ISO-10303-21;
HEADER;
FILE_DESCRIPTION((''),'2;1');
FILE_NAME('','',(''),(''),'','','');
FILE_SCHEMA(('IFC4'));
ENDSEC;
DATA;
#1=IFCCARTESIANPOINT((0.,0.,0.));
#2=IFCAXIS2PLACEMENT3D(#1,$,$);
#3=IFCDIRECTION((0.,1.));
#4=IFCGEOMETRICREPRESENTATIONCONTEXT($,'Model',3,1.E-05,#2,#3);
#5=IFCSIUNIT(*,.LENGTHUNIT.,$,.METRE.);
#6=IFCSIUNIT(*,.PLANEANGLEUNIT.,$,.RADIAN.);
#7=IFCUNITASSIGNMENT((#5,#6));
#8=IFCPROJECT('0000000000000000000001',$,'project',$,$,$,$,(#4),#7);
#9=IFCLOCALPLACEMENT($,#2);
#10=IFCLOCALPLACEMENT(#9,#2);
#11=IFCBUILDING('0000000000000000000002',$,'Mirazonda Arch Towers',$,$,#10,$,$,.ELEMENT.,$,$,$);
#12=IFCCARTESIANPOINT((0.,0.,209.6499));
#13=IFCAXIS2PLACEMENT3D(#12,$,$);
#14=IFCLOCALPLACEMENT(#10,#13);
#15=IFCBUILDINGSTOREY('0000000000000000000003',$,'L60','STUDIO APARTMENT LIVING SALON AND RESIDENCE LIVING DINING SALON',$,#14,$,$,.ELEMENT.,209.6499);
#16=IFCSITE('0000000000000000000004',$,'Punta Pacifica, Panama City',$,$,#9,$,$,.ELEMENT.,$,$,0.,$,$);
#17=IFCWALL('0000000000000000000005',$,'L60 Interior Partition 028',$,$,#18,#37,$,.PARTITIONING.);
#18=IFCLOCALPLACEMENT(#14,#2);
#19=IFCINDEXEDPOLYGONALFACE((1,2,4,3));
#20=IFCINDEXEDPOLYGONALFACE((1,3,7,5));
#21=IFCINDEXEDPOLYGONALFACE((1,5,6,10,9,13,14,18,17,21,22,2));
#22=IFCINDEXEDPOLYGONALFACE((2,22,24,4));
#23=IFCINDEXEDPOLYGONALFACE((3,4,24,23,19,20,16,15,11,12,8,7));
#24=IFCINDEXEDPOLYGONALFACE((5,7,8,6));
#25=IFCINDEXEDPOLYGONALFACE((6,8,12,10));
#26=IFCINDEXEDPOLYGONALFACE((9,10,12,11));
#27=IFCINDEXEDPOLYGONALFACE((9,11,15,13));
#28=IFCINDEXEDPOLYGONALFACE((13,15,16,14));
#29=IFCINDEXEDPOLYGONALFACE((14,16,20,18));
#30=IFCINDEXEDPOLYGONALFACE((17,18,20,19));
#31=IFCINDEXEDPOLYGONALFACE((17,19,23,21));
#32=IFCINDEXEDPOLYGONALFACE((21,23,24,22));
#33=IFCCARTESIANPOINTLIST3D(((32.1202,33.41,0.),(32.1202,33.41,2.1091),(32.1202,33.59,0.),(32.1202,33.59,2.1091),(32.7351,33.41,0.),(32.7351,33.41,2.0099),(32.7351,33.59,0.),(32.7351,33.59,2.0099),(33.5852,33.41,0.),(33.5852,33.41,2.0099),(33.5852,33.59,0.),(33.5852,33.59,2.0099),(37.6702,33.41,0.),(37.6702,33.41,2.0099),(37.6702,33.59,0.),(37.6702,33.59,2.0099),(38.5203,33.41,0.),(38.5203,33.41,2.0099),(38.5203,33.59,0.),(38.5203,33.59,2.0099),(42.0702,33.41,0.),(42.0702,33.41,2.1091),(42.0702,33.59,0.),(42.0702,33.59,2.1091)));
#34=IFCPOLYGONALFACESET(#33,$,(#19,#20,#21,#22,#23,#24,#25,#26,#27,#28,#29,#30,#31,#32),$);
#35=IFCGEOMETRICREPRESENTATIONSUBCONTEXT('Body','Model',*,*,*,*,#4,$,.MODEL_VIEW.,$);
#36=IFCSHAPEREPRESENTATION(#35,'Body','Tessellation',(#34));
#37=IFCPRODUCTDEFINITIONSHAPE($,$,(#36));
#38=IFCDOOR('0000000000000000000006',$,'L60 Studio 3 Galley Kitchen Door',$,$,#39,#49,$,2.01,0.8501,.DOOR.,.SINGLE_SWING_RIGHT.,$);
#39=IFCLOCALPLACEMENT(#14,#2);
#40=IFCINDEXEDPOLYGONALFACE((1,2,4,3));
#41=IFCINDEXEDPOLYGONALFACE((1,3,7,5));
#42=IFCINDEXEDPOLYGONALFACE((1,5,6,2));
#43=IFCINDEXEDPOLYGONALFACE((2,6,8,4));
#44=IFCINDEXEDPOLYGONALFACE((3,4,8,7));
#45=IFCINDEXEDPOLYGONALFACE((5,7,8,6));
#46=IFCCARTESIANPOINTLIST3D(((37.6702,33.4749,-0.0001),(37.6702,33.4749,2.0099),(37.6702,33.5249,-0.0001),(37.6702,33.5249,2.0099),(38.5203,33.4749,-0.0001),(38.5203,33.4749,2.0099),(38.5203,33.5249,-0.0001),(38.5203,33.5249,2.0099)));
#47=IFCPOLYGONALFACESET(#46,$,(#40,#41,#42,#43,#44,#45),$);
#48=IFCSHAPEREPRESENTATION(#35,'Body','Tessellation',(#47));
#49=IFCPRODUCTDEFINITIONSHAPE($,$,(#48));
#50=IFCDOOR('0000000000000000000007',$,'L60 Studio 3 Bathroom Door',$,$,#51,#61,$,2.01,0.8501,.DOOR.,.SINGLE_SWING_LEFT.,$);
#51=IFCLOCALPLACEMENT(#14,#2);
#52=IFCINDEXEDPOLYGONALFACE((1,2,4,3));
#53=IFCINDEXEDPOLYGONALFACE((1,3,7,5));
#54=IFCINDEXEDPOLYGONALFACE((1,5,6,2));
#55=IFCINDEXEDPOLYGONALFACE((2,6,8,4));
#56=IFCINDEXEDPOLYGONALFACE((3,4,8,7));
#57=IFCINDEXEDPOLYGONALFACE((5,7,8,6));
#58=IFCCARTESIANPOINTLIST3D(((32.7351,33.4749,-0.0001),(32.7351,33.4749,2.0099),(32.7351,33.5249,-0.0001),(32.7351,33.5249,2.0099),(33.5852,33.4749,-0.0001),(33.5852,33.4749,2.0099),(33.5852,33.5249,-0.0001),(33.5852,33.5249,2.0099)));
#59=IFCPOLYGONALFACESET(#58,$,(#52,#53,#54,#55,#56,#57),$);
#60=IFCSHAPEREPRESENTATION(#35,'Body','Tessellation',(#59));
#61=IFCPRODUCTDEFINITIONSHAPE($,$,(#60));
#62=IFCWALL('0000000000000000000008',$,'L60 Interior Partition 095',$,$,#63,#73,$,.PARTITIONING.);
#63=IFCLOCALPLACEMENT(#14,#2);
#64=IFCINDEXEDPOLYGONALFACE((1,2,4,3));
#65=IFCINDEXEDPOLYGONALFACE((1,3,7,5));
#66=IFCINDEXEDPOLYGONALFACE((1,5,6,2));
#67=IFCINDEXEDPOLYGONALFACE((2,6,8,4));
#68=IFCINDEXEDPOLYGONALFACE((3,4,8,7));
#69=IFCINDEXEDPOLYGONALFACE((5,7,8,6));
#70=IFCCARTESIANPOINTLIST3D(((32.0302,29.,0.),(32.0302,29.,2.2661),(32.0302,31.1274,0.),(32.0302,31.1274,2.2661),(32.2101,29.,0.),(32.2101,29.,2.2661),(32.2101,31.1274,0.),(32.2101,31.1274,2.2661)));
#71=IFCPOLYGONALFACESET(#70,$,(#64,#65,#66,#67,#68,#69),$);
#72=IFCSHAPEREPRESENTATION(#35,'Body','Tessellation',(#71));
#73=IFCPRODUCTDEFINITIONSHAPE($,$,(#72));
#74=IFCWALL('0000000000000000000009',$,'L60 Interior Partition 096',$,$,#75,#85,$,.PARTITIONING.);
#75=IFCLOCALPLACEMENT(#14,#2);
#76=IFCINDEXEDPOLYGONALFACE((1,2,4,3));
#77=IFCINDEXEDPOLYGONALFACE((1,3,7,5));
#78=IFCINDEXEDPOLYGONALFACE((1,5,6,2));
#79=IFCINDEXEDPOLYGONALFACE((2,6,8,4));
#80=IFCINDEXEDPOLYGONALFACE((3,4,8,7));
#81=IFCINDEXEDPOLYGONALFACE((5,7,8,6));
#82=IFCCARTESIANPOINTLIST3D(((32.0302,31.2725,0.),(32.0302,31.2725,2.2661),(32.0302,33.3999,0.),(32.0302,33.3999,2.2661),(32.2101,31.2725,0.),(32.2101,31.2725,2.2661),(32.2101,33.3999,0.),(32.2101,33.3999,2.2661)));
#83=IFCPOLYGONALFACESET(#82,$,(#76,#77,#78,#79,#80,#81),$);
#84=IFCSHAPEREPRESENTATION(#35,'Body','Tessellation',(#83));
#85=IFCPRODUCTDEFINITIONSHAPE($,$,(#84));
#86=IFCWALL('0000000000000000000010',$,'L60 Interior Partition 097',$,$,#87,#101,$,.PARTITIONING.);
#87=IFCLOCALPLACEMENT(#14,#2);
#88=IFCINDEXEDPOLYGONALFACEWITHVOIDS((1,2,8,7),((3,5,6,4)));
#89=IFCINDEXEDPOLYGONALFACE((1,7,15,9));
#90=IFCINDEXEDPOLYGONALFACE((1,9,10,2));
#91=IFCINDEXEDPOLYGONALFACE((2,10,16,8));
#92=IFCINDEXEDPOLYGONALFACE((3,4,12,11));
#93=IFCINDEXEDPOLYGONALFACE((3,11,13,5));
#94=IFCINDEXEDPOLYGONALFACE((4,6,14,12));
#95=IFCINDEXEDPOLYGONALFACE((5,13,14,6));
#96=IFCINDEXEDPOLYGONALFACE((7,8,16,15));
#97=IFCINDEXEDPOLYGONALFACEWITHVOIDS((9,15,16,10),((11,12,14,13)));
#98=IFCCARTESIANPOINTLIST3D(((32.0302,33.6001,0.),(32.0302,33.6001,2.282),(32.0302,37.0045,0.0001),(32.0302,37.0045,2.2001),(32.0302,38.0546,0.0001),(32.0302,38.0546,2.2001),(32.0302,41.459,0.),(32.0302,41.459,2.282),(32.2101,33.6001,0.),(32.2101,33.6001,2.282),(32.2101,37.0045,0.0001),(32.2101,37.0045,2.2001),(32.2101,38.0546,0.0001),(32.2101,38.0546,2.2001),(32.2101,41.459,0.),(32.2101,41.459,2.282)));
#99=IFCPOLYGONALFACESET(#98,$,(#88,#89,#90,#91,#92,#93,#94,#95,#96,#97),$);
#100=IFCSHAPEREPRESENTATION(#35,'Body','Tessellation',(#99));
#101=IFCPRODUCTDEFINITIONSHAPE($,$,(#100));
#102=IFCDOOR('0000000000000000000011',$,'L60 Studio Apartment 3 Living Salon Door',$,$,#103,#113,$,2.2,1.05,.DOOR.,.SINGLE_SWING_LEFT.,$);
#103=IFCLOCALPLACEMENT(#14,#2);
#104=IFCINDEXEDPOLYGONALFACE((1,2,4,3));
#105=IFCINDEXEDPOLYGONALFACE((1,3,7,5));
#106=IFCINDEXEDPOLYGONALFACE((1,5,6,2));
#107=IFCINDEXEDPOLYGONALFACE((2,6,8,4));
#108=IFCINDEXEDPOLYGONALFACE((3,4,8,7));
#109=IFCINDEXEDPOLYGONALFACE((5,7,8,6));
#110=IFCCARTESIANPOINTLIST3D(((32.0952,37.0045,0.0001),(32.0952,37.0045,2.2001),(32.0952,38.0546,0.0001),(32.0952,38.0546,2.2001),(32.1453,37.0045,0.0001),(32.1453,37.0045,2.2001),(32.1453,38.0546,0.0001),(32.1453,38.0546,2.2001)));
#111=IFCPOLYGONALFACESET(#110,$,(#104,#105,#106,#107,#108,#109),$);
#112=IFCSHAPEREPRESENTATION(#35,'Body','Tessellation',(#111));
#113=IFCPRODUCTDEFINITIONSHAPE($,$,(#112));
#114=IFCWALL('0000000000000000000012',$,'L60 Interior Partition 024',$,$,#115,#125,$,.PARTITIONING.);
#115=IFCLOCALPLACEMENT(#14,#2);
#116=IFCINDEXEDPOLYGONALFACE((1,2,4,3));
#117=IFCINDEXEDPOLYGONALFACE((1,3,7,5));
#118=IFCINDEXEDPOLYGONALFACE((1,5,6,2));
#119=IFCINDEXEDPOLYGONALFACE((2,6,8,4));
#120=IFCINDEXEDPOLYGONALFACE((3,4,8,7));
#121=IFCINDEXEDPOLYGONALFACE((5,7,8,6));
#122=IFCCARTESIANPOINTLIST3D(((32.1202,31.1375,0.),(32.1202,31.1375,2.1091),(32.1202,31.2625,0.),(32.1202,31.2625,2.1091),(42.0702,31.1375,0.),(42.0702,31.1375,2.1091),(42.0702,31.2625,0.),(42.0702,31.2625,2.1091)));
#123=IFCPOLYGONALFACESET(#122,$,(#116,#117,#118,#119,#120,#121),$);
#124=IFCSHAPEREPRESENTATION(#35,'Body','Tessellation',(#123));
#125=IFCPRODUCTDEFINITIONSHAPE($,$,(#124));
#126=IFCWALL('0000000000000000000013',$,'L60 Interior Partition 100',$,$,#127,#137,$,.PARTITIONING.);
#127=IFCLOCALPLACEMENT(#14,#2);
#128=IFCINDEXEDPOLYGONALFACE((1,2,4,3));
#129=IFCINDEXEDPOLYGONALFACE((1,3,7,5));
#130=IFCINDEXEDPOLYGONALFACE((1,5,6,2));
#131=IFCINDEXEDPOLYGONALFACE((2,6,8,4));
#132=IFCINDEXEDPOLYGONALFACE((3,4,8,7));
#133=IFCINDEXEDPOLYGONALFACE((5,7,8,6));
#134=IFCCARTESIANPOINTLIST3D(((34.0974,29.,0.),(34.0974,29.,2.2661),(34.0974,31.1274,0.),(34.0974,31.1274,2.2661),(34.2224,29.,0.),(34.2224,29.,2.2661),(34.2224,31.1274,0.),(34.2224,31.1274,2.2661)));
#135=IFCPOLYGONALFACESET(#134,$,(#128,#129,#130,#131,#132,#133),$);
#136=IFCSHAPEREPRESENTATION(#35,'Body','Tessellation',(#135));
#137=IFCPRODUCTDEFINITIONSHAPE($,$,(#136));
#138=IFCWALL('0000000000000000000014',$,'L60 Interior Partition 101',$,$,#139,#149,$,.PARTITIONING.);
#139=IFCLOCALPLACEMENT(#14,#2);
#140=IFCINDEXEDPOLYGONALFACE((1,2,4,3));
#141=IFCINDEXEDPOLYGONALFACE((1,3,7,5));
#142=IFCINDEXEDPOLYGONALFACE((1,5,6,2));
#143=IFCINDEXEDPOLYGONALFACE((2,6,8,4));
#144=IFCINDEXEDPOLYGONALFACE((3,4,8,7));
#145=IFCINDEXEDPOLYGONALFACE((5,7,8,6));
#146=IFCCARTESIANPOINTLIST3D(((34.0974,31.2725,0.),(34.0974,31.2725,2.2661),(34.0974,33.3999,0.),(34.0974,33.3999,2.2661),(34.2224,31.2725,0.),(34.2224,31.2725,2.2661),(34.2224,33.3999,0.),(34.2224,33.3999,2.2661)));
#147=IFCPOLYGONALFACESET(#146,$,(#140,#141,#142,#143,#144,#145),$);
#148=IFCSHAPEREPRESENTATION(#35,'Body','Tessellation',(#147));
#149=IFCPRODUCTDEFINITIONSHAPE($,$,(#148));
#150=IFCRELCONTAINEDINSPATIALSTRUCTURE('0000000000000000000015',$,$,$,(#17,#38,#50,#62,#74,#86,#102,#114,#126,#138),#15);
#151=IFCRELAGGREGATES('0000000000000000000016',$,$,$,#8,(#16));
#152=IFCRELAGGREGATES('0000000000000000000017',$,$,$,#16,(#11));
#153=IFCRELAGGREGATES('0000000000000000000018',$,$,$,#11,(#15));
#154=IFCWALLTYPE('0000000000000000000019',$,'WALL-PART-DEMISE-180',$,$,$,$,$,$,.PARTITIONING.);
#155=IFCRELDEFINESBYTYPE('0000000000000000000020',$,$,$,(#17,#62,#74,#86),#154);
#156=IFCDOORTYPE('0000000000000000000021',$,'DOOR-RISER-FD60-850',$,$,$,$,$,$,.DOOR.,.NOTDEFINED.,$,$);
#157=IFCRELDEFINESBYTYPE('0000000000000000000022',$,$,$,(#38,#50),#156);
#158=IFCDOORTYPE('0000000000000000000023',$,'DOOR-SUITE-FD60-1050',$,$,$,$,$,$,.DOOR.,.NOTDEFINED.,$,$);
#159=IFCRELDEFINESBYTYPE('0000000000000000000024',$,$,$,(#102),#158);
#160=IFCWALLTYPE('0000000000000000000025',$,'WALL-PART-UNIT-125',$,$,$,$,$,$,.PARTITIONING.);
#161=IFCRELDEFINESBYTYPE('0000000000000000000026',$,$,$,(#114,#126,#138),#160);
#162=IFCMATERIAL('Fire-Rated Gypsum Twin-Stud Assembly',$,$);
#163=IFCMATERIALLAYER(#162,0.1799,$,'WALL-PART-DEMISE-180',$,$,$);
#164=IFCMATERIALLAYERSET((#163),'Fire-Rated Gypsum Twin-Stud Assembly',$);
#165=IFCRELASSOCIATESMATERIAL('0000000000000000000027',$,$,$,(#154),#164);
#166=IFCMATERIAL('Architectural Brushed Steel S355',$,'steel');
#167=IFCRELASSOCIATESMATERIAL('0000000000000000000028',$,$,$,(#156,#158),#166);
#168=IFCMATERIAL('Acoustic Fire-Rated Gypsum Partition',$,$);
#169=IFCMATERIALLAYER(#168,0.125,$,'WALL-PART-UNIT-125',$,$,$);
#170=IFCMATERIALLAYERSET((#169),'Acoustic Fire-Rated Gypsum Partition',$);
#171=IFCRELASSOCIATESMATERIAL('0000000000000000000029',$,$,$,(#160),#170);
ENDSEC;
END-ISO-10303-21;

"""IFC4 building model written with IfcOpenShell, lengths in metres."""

from ifc_helpers import new_model, si_unit, direction, frame, frame_2d, origin, place, context, subcontext, project, spatial, rectangle, extrude, material, layer, layer_set, type_object, element, fill, save


model = new_model("IFC4")

# Units and contexts
model_context = context("Model", 3, precision=1e-05, world=origin(), true_north=direction((0.0, 1.0)))
body_context = subcontext(model_context, "Body", "Model", "MODEL_VIEW")
ifc_project = project(units=[si_unit("LENGTHUNIT", "METRE"), si_unit("PLANEANGLEUNIT", "RADIAN")], contexts=[model_context])

# Site, building, storey
site_placement = place(None, origin())
site = spatial("IfcSite", under=ifc_project, at=site_placement, Name="Punta Pacifica, Panama City", CompositionType="ELEMENT", RefElevation=0.0)
building_placement = place(site_placement, origin())
building = spatial("IfcBuilding", under=site, at=building_placement, Name="Mirazonda Arch Towers", CompositionType="ELEMENT")
storey_placement = place(building_placement, frame((0.0, 0.0, 209.6499)))
storey = spatial("IfcBuildingStorey", under=building, at=storey_placement, Name="L60", Description="STUDIO APARTMENT LIVING SALON AND RESIDENCE LIVING DINING SALON", CompositionType="ELEMENT", Elevation=209.6499)

# Wall, openings, doors
ifc_material_1 = material(Name="Fire-Rated Gypsum Twin-Stud Assembly")
ifc_layer_1 = layer(ifc_material_1, 0.1799, Name="WALL-PART-DEMISE-180")
ifc_layer_set_1 = layer_set([ifc_layer_1], Name="Fire-Rated Gypsum Twin-Stud Assembly")
wall_type_1 = type_object("IfcWallType", Name="WALL-PART-DEMISE-180", PredefinedType="PARTITIONING", material=ifc_layer_set_1)
ifc_material_2 = material(Name="Architectural Brushed Steel S355", Category="steel")
door_type_1 = type_object("IfcDoorType", Name="DOOR-RISER-FD60-850", OperationType="NOTDEFINED", PredefinedType="DOOR", material=ifc_material_2)
wall_1_placement = place(storey_placement, frame((32.1201, 33.5, 0.0), z_axis=(0.0, 0.0, 1.0), x_axis=(1.0, 0.0, 0.0)))
wall_1 = element("IfcWall", 1, at=wall_1_placement, inside=storey, type_object=wall_type_1, Name="L60 Interior Partition 028", PredefinedType="PARTITIONING", context=body_context, shape_type="SweptSolid", body=[
    extrude(rectangle(XDim=9.95, YDim=0.1799, at=frame_2d((4.9751, 0.0))), origin(), (0.0, 0.0, 1.0), 2.1091),
])
opening_1_placement = place(wall_1_placement, frame((5.55, 0.0, 0.0)))
opening_1 = element("IfcOpeningElement", 2, at=opening_1_placement, cuts=wall_1, PredefinedType="OPENING", context=body_context, shape_type="SweptSolid", body=[
    extrude(rectangle(XDim=0.8501, YDim=2.01, at=frame_2d((0.425, 1.0049))), frame((0.0, 0.0999, 0.0), z_axis=(0.0, -1.0, 0.0), x_axis=(1.0, 0.0, 0.0)), (0.0, 0.0, 1.0), 0.2),
])
opening_2_placement = place(wall_1_placement, frame((0.615, 0.0, 0.0)))
opening_2 = element("IfcOpeningElement", 3, at=opening_2_placement, cuts=wall_1, PredefinedType="OPENING", context=body_context, shape_type="SweptSolid", body=[
    extrude(rectangle(XDim=0.8501, YDim=2.01, at=frame_2d((0.425, 1.0049))), frame((0.0, 0.0999, 0.0), z_axis=(0.0, -1.0, 0.0), x_axis=(1.0, 0.0, 0.0)), (0.0, 0.0, 1.0), 0.2),
])
door_1_placement = place(opening_1_placement, origin())
door_1 = element("IfcDoor", 4, at=door_1_placement, inside=storey, type_object=door_type_1, Name="L60 Studio 3 Galley Kitchen Door", OperationType="SINGLE_SWING_RIGHT", OverallHeight=2.01, OverallWidth=0.8501, PredefinedType="DOOR", context=body_context, shape_type="SweptSolid", body=[
    extrude(rectangle(XDim=0.8501, YDim=2.01, at=frame_2d((0.425, 1.0049))), frame((0.0, 0.0249, 0.0), z_axis=(0.0, -1.0, 0.0), x_axis=(1.0, 0.0, 0.0)), (0.0, 0.0, 1.0), 0.05),
])
fill(opening_1, door_1)
door_2_placement = place(opening_2_placement, origin())
door_2 = element("IfcDoor", 5, at=door_2_placement, inside=storey, type_object=door_type_1, Name="L60 Studio 3 Bathroom Door", OperationType="SINGLE_SWING_LEFT", OverallHeight=2.01, OverallWidth=0.8501, PredefinedType="DOOR", context=body_context, shape_type="SweptSolid", body=[
    extrude(rectangle(XDim=0.8501, YDim=2.01, at=frame_2d((0.425, 1.0049))), frame((0.0, 0.0249, 0.0), z_axis=(0.0, -1.0, 0.0), x_axis=(1.0, 0.0, 0.0)), (0.0, 0.0, 1.0), 0.05),
])
fill(opening_2, door_2)

# Walls
for number, where, z_axis, x_axis, name in (
    (6, (32.1201, 29.0, 0.0), (0.0, 0.0, 1.0), (0.0, 1.0, 0.0), "L60 Interior Partition 095"),
    (7, (32.1201, 31.2725, 0.0), (0.0, 0.0, 1.0), (0.0, 1.0, 0.0), "L60 Interior Partition 096"),
):
    element("IfcWall", number, at=place(storey_placement, frame(where, z_axis=z_axis, x_axis=x_axis)), inside=storey, type_object=wall_type_1, Name=name, PredefinedType="PARTITIONING", context=body_context, shape_type="SweptSolid", body=[
        extrude(rectangle(XDim=2.1274, YDim=0.1799, at=frame_2d((1.0637, 0.0))), origin(), (0.0, 0.0, 1.0), 2.2661),
    ])

# Wall, opening, door
wall_2_placement = place(storey_placement, frame((32.1201, 33.6001, 0.0), z_axis=(0.0, 0.0, 1.0), x_axis=(0.0, 1.0, 0.0)))
wall_2 = element("IfcWall", 8, at=wall_2_placement, inside=storey, type_object=wall_type_1, Name="L60 Interior Partition 097", PredefinedType="PARTITIONING", context=body_context, shape_type="SweptSolid", body=[
    extrude(rectangle(XDim=7.8589, YDim=0.1799, at=frame_2d((3.9294, 0.0))), origin(), (0.0, 0.0, 1.0), 2.282),
])
opening_3_placement = place(wall_2_placement, frame((3.4045, 0.0, 0.0)))
opening_3 = element("IfcOpeningElement", 9, at=opening_3_placement, cuts=wall_2, PredefinedType="OPENING", context=body_context, shape_type="SweptSolid", body=[
    extrude(rectangle(XDim=1.05, YDim=2.2, at=frame_2d((0.5249, 1.1001))), frame((0.0, 0.0999, 0.0), z_axis=(0.0, -1.0, 0.0), x_axis=(1.0, 0.0, 0.0)), (0.0, 0.0, 1.0), 0.2),
])
door_type_2 = type_object("IfcDoorType", Name="DOOR-SUITE-FD60-1050", OperationType="NOTDEFINED", PredefinedType="DOOR", material=ifc_material_2)
door_3_placement = place(opening_3_placement, origin())
door_3 = element("IfcDoor", 10, at=door_3_placement, inside=storey, type_object=door_type_2, Name="L60 Studio Apartment 3 Living Salon Door", OperationType="SINGLE_SWING_LEFT", OverallHeight=2.2, OverallWidth=1.05, PredefinedType="DOOR", context=body_context, shape_type="SweptSolid", body=[
    extrude(rectangle(XDim=1.05, YDim=2.2, at=frame_2d((0.5249, 1.1001))), frame((0.0, 0.0249, 0.0), z_axis=(0.0, -1.0, 0.0), x_axis=(1.0, 0.0, 0.0)), (0.0, 0.0, 1.0), 0.05),
])
fill(opening_3, door_3)

# Walls
ifc_material_3 = material(Name="Acoustic Fire-Rated Gypsum Partition")
ifc_layer_2 = layer(ifc_material_3, 0.125, Name="WALL-PART-UNIT-125")
ifc_layer_set_2 = layer_set([ifc_layer_2], Name="Acoustic Fire-Rated Gypsum Partition")
wall_type_2 = type_object("IfcWallType", Name="WALL-PART-UNIT-125", PredefinedType="PARTITIONING", material=ifc_layer_set_2)
wall_3_placement = place(storey_placement, frame((32.1201, 31.2, 0.0), z_axis=(0.0, 0.0, 1.0), x_axis=(1.0, 0.0, 0.0)))
element("IfcWall", 11, at=wall_3_placement, inside=storey, type_object=wall_type_2, Name="L60 Interior Partition 024", PredefinedType="PARTITIONING", context=body_context, shape_type="SweptSolid", body=[
    extrude(rectangle(XDim=9.95, YDim=0.125, at=frame_2d((4.9751, 0.0))), origin(), (0.0, 0.0, 1.0), 2.1091),
])
for number, where, z_axis, x_axis, name in (
    (12, (34.1599, 29.0, 0.0), (0.0, 0.0, 1.0), (0.0, 1.0, 0.0), "L60 Interior Partition 100"),
    (13, (34.1599, 31.2725, 0.0), (0.0, 0.0, 1.0), (0.0, 1.0, 0.0), "L60 Interior Partition 101"),
):
    element("IfcWall", number, at=place(storey_placement, frame(where, z_axis=z_axis, x_axis=x_axis)), inside=storey, type_object=wall_type_2, Name=name, PredefinedType="PARTITIONING", context=body_context, shape_type="SweptSolid", body=[
        extrude(rectangle(XDim=2.1274, YDim=0.125, at=frame_2d((1.0637, 0.0))), origin(), (0.0, 0.0, 1.0), 2.2661),
    ])

save(model, "model.ifc")
